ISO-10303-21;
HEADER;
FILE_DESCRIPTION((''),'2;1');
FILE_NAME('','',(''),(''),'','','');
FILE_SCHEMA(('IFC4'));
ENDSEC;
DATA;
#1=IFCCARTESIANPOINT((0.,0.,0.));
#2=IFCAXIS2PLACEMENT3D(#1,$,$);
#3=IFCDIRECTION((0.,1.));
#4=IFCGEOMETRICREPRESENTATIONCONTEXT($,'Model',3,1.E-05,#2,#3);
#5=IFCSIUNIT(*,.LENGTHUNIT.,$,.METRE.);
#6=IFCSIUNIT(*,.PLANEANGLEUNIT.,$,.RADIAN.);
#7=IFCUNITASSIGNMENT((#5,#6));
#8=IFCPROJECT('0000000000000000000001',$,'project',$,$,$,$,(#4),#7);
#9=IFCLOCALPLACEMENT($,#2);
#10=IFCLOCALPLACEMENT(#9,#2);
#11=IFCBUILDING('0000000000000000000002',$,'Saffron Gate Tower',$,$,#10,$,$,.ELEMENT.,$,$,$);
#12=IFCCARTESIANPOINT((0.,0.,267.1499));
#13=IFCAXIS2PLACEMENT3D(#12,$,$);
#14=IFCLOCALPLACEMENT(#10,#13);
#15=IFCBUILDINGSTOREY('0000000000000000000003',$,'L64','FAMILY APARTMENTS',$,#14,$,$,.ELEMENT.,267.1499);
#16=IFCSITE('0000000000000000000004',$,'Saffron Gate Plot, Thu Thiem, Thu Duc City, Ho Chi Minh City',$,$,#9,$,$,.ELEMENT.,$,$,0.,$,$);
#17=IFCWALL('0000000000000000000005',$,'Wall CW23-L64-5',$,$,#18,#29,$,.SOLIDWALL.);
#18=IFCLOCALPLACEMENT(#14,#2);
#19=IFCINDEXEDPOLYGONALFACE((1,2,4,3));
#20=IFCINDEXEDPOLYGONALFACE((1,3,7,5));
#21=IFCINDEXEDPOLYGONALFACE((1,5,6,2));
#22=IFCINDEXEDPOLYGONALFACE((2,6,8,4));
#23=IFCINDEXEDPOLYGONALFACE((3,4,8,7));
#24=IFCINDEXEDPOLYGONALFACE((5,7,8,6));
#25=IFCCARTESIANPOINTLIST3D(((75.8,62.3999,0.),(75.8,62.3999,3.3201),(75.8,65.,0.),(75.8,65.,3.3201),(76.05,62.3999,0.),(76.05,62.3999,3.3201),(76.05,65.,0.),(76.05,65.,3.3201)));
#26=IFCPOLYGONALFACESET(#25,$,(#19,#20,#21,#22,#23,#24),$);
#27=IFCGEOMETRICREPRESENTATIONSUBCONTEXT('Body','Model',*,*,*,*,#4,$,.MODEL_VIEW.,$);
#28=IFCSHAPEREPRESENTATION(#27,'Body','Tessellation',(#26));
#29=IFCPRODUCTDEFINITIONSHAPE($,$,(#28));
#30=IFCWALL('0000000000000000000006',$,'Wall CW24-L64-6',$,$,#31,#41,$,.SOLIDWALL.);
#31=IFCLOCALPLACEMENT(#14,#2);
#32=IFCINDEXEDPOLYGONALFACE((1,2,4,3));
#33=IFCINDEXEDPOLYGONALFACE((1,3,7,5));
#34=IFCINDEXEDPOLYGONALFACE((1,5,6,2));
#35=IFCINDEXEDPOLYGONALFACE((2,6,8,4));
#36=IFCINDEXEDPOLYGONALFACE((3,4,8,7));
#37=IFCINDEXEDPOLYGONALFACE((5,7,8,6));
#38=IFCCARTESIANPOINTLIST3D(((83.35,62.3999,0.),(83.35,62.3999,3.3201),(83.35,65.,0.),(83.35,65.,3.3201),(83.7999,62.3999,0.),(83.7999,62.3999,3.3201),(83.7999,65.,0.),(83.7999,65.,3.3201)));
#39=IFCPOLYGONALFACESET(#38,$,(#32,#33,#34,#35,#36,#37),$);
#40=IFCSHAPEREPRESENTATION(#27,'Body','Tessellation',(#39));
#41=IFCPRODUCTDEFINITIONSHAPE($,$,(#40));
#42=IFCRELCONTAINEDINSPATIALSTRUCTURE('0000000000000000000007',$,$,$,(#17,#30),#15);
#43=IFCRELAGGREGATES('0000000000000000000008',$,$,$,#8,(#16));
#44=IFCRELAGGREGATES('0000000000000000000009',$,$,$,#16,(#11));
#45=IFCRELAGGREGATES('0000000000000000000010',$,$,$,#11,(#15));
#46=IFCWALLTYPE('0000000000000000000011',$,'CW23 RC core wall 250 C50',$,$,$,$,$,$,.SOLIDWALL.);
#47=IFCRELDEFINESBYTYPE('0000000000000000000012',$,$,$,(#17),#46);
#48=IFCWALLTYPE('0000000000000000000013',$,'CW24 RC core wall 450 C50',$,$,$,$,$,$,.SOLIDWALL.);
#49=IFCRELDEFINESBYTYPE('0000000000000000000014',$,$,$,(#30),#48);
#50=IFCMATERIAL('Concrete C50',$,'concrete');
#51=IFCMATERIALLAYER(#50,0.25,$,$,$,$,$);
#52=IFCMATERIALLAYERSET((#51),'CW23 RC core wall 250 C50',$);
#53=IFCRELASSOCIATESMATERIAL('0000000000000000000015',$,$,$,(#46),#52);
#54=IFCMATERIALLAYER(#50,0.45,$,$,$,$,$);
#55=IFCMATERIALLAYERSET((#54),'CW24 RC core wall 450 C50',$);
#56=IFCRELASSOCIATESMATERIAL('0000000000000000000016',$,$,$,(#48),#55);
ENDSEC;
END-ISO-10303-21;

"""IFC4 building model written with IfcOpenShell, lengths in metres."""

from ifc_helpers import new_model, si_unit, direction, frame, frame_2d, origin, place, context, subcontext, project, spatial, rectangle, extrude, material, layer, layer_set, type_object, element, save


model = new_model("IFC4")

# Units and contexts
model_context = context("Model", 3, precision=1e-05, world=origin(), true_north=direction((0.0, 1.0)))
body_context = subcontext(model_context, "Body", "Model", "MODEL_VIEW")
ifc_project = project(units=[si_unit("LENGTHUNIT", "METRE"), si_unit("PLANEANGLEUNIT", "RADIAN")], contexts=[model_context])

# Site, building, storey
site_placement = place(None, origin())
site = spatial("IfcSite", under=ifc_project, at=site_placement, Name="Saffron Gate Plot, Thu Thiem, Thu Duc City, Ho Chi Minh City", CompositionType="ELEMENT", RefElevation=0.0)
building_placement = place(site_placement, origin())
building = spatial("IfcBuilding", under=site, at=building_placement, Name="Saffron Gate Tower", CompositionType="ELEMENT")
storey_placement = place(building_placement, frame((0.0, 0.0, 267.1499)))
storey = spatial("IfcBuildingStorey", under=building, at=storey_placement, Name="L64", Description="FAMILY APARTMENTS", CompositionType="ELEMENT", Elevation=267.1499)

# Walls
ifc_material_1 = material(Name="Concrete C50", Category="concrete")
ifc_layer_1 = layer(ifc_material_1, 0.25)
ifc_layer_set_1 = layer_set([ifc_layer_1], Name="CW23 RC core wall 250 C50")
wall_type_1 = type_object("IfcWallType", Name="CW23 RC core wall 250 C50", PredefinedType="SOLIDWALL", material=ifc_layer_set_1)
wall_1_placement = place(storey_placement, frame((75.925, 62.3999, 0.0), z_axis=(0.0, 0.0, 1.0), x_axis=(0.0, 1.0, 0.0)))
element("IfcWall", 1, at=wall_1_placement, inside=storey, type_object=wall_type_1, Name="Wall CW23-L64-5", PredefinedType="SOLIDWALL", context=body_context, shape_type="SweptSolid", body=[
    extrude(rectangle(XDim=2.6001, YDim=0.25, at=frame_2d((1.3, 0.0))), origin(), (0.0, 0.0, 1.0), 3.3201),
])
ifc_layer_2 = layer(ifc_material_1, 0.45)
ifc_layer_set_2 = layer_set([ifc_layer_2], Name="CW24 RC core wall 450 C50")
wall_type_2 = type_object("IfcWallType", Name="CW24 RC core wall 450 C50", PredefinedType="SOLIDWALL", material=ifc_layer_set_2)
wall_2_placement = place(storey_placement, frame((83.575, 62.3999, 0.0), z_axis=(0.0, 0.0, 1.0), x_axis=(0.0, 1.0, 0.0)))
element("IfcWall", 2, at=wall_2_placement, inside=storey, type_object=wall_type_2, Name="Wall CW24-L64-6", PredefinedType="SOLIDWALL", context=body_context, shape_type="SweptSolid", body=[
    extrude(rectangle(XDim=2.6001, YDim=0.45, at=frame_2d((1.3, 0.0))), origin(), (0.0, 0.0, 1.0), 3.3201),
])

save(model, "model.ifc")
